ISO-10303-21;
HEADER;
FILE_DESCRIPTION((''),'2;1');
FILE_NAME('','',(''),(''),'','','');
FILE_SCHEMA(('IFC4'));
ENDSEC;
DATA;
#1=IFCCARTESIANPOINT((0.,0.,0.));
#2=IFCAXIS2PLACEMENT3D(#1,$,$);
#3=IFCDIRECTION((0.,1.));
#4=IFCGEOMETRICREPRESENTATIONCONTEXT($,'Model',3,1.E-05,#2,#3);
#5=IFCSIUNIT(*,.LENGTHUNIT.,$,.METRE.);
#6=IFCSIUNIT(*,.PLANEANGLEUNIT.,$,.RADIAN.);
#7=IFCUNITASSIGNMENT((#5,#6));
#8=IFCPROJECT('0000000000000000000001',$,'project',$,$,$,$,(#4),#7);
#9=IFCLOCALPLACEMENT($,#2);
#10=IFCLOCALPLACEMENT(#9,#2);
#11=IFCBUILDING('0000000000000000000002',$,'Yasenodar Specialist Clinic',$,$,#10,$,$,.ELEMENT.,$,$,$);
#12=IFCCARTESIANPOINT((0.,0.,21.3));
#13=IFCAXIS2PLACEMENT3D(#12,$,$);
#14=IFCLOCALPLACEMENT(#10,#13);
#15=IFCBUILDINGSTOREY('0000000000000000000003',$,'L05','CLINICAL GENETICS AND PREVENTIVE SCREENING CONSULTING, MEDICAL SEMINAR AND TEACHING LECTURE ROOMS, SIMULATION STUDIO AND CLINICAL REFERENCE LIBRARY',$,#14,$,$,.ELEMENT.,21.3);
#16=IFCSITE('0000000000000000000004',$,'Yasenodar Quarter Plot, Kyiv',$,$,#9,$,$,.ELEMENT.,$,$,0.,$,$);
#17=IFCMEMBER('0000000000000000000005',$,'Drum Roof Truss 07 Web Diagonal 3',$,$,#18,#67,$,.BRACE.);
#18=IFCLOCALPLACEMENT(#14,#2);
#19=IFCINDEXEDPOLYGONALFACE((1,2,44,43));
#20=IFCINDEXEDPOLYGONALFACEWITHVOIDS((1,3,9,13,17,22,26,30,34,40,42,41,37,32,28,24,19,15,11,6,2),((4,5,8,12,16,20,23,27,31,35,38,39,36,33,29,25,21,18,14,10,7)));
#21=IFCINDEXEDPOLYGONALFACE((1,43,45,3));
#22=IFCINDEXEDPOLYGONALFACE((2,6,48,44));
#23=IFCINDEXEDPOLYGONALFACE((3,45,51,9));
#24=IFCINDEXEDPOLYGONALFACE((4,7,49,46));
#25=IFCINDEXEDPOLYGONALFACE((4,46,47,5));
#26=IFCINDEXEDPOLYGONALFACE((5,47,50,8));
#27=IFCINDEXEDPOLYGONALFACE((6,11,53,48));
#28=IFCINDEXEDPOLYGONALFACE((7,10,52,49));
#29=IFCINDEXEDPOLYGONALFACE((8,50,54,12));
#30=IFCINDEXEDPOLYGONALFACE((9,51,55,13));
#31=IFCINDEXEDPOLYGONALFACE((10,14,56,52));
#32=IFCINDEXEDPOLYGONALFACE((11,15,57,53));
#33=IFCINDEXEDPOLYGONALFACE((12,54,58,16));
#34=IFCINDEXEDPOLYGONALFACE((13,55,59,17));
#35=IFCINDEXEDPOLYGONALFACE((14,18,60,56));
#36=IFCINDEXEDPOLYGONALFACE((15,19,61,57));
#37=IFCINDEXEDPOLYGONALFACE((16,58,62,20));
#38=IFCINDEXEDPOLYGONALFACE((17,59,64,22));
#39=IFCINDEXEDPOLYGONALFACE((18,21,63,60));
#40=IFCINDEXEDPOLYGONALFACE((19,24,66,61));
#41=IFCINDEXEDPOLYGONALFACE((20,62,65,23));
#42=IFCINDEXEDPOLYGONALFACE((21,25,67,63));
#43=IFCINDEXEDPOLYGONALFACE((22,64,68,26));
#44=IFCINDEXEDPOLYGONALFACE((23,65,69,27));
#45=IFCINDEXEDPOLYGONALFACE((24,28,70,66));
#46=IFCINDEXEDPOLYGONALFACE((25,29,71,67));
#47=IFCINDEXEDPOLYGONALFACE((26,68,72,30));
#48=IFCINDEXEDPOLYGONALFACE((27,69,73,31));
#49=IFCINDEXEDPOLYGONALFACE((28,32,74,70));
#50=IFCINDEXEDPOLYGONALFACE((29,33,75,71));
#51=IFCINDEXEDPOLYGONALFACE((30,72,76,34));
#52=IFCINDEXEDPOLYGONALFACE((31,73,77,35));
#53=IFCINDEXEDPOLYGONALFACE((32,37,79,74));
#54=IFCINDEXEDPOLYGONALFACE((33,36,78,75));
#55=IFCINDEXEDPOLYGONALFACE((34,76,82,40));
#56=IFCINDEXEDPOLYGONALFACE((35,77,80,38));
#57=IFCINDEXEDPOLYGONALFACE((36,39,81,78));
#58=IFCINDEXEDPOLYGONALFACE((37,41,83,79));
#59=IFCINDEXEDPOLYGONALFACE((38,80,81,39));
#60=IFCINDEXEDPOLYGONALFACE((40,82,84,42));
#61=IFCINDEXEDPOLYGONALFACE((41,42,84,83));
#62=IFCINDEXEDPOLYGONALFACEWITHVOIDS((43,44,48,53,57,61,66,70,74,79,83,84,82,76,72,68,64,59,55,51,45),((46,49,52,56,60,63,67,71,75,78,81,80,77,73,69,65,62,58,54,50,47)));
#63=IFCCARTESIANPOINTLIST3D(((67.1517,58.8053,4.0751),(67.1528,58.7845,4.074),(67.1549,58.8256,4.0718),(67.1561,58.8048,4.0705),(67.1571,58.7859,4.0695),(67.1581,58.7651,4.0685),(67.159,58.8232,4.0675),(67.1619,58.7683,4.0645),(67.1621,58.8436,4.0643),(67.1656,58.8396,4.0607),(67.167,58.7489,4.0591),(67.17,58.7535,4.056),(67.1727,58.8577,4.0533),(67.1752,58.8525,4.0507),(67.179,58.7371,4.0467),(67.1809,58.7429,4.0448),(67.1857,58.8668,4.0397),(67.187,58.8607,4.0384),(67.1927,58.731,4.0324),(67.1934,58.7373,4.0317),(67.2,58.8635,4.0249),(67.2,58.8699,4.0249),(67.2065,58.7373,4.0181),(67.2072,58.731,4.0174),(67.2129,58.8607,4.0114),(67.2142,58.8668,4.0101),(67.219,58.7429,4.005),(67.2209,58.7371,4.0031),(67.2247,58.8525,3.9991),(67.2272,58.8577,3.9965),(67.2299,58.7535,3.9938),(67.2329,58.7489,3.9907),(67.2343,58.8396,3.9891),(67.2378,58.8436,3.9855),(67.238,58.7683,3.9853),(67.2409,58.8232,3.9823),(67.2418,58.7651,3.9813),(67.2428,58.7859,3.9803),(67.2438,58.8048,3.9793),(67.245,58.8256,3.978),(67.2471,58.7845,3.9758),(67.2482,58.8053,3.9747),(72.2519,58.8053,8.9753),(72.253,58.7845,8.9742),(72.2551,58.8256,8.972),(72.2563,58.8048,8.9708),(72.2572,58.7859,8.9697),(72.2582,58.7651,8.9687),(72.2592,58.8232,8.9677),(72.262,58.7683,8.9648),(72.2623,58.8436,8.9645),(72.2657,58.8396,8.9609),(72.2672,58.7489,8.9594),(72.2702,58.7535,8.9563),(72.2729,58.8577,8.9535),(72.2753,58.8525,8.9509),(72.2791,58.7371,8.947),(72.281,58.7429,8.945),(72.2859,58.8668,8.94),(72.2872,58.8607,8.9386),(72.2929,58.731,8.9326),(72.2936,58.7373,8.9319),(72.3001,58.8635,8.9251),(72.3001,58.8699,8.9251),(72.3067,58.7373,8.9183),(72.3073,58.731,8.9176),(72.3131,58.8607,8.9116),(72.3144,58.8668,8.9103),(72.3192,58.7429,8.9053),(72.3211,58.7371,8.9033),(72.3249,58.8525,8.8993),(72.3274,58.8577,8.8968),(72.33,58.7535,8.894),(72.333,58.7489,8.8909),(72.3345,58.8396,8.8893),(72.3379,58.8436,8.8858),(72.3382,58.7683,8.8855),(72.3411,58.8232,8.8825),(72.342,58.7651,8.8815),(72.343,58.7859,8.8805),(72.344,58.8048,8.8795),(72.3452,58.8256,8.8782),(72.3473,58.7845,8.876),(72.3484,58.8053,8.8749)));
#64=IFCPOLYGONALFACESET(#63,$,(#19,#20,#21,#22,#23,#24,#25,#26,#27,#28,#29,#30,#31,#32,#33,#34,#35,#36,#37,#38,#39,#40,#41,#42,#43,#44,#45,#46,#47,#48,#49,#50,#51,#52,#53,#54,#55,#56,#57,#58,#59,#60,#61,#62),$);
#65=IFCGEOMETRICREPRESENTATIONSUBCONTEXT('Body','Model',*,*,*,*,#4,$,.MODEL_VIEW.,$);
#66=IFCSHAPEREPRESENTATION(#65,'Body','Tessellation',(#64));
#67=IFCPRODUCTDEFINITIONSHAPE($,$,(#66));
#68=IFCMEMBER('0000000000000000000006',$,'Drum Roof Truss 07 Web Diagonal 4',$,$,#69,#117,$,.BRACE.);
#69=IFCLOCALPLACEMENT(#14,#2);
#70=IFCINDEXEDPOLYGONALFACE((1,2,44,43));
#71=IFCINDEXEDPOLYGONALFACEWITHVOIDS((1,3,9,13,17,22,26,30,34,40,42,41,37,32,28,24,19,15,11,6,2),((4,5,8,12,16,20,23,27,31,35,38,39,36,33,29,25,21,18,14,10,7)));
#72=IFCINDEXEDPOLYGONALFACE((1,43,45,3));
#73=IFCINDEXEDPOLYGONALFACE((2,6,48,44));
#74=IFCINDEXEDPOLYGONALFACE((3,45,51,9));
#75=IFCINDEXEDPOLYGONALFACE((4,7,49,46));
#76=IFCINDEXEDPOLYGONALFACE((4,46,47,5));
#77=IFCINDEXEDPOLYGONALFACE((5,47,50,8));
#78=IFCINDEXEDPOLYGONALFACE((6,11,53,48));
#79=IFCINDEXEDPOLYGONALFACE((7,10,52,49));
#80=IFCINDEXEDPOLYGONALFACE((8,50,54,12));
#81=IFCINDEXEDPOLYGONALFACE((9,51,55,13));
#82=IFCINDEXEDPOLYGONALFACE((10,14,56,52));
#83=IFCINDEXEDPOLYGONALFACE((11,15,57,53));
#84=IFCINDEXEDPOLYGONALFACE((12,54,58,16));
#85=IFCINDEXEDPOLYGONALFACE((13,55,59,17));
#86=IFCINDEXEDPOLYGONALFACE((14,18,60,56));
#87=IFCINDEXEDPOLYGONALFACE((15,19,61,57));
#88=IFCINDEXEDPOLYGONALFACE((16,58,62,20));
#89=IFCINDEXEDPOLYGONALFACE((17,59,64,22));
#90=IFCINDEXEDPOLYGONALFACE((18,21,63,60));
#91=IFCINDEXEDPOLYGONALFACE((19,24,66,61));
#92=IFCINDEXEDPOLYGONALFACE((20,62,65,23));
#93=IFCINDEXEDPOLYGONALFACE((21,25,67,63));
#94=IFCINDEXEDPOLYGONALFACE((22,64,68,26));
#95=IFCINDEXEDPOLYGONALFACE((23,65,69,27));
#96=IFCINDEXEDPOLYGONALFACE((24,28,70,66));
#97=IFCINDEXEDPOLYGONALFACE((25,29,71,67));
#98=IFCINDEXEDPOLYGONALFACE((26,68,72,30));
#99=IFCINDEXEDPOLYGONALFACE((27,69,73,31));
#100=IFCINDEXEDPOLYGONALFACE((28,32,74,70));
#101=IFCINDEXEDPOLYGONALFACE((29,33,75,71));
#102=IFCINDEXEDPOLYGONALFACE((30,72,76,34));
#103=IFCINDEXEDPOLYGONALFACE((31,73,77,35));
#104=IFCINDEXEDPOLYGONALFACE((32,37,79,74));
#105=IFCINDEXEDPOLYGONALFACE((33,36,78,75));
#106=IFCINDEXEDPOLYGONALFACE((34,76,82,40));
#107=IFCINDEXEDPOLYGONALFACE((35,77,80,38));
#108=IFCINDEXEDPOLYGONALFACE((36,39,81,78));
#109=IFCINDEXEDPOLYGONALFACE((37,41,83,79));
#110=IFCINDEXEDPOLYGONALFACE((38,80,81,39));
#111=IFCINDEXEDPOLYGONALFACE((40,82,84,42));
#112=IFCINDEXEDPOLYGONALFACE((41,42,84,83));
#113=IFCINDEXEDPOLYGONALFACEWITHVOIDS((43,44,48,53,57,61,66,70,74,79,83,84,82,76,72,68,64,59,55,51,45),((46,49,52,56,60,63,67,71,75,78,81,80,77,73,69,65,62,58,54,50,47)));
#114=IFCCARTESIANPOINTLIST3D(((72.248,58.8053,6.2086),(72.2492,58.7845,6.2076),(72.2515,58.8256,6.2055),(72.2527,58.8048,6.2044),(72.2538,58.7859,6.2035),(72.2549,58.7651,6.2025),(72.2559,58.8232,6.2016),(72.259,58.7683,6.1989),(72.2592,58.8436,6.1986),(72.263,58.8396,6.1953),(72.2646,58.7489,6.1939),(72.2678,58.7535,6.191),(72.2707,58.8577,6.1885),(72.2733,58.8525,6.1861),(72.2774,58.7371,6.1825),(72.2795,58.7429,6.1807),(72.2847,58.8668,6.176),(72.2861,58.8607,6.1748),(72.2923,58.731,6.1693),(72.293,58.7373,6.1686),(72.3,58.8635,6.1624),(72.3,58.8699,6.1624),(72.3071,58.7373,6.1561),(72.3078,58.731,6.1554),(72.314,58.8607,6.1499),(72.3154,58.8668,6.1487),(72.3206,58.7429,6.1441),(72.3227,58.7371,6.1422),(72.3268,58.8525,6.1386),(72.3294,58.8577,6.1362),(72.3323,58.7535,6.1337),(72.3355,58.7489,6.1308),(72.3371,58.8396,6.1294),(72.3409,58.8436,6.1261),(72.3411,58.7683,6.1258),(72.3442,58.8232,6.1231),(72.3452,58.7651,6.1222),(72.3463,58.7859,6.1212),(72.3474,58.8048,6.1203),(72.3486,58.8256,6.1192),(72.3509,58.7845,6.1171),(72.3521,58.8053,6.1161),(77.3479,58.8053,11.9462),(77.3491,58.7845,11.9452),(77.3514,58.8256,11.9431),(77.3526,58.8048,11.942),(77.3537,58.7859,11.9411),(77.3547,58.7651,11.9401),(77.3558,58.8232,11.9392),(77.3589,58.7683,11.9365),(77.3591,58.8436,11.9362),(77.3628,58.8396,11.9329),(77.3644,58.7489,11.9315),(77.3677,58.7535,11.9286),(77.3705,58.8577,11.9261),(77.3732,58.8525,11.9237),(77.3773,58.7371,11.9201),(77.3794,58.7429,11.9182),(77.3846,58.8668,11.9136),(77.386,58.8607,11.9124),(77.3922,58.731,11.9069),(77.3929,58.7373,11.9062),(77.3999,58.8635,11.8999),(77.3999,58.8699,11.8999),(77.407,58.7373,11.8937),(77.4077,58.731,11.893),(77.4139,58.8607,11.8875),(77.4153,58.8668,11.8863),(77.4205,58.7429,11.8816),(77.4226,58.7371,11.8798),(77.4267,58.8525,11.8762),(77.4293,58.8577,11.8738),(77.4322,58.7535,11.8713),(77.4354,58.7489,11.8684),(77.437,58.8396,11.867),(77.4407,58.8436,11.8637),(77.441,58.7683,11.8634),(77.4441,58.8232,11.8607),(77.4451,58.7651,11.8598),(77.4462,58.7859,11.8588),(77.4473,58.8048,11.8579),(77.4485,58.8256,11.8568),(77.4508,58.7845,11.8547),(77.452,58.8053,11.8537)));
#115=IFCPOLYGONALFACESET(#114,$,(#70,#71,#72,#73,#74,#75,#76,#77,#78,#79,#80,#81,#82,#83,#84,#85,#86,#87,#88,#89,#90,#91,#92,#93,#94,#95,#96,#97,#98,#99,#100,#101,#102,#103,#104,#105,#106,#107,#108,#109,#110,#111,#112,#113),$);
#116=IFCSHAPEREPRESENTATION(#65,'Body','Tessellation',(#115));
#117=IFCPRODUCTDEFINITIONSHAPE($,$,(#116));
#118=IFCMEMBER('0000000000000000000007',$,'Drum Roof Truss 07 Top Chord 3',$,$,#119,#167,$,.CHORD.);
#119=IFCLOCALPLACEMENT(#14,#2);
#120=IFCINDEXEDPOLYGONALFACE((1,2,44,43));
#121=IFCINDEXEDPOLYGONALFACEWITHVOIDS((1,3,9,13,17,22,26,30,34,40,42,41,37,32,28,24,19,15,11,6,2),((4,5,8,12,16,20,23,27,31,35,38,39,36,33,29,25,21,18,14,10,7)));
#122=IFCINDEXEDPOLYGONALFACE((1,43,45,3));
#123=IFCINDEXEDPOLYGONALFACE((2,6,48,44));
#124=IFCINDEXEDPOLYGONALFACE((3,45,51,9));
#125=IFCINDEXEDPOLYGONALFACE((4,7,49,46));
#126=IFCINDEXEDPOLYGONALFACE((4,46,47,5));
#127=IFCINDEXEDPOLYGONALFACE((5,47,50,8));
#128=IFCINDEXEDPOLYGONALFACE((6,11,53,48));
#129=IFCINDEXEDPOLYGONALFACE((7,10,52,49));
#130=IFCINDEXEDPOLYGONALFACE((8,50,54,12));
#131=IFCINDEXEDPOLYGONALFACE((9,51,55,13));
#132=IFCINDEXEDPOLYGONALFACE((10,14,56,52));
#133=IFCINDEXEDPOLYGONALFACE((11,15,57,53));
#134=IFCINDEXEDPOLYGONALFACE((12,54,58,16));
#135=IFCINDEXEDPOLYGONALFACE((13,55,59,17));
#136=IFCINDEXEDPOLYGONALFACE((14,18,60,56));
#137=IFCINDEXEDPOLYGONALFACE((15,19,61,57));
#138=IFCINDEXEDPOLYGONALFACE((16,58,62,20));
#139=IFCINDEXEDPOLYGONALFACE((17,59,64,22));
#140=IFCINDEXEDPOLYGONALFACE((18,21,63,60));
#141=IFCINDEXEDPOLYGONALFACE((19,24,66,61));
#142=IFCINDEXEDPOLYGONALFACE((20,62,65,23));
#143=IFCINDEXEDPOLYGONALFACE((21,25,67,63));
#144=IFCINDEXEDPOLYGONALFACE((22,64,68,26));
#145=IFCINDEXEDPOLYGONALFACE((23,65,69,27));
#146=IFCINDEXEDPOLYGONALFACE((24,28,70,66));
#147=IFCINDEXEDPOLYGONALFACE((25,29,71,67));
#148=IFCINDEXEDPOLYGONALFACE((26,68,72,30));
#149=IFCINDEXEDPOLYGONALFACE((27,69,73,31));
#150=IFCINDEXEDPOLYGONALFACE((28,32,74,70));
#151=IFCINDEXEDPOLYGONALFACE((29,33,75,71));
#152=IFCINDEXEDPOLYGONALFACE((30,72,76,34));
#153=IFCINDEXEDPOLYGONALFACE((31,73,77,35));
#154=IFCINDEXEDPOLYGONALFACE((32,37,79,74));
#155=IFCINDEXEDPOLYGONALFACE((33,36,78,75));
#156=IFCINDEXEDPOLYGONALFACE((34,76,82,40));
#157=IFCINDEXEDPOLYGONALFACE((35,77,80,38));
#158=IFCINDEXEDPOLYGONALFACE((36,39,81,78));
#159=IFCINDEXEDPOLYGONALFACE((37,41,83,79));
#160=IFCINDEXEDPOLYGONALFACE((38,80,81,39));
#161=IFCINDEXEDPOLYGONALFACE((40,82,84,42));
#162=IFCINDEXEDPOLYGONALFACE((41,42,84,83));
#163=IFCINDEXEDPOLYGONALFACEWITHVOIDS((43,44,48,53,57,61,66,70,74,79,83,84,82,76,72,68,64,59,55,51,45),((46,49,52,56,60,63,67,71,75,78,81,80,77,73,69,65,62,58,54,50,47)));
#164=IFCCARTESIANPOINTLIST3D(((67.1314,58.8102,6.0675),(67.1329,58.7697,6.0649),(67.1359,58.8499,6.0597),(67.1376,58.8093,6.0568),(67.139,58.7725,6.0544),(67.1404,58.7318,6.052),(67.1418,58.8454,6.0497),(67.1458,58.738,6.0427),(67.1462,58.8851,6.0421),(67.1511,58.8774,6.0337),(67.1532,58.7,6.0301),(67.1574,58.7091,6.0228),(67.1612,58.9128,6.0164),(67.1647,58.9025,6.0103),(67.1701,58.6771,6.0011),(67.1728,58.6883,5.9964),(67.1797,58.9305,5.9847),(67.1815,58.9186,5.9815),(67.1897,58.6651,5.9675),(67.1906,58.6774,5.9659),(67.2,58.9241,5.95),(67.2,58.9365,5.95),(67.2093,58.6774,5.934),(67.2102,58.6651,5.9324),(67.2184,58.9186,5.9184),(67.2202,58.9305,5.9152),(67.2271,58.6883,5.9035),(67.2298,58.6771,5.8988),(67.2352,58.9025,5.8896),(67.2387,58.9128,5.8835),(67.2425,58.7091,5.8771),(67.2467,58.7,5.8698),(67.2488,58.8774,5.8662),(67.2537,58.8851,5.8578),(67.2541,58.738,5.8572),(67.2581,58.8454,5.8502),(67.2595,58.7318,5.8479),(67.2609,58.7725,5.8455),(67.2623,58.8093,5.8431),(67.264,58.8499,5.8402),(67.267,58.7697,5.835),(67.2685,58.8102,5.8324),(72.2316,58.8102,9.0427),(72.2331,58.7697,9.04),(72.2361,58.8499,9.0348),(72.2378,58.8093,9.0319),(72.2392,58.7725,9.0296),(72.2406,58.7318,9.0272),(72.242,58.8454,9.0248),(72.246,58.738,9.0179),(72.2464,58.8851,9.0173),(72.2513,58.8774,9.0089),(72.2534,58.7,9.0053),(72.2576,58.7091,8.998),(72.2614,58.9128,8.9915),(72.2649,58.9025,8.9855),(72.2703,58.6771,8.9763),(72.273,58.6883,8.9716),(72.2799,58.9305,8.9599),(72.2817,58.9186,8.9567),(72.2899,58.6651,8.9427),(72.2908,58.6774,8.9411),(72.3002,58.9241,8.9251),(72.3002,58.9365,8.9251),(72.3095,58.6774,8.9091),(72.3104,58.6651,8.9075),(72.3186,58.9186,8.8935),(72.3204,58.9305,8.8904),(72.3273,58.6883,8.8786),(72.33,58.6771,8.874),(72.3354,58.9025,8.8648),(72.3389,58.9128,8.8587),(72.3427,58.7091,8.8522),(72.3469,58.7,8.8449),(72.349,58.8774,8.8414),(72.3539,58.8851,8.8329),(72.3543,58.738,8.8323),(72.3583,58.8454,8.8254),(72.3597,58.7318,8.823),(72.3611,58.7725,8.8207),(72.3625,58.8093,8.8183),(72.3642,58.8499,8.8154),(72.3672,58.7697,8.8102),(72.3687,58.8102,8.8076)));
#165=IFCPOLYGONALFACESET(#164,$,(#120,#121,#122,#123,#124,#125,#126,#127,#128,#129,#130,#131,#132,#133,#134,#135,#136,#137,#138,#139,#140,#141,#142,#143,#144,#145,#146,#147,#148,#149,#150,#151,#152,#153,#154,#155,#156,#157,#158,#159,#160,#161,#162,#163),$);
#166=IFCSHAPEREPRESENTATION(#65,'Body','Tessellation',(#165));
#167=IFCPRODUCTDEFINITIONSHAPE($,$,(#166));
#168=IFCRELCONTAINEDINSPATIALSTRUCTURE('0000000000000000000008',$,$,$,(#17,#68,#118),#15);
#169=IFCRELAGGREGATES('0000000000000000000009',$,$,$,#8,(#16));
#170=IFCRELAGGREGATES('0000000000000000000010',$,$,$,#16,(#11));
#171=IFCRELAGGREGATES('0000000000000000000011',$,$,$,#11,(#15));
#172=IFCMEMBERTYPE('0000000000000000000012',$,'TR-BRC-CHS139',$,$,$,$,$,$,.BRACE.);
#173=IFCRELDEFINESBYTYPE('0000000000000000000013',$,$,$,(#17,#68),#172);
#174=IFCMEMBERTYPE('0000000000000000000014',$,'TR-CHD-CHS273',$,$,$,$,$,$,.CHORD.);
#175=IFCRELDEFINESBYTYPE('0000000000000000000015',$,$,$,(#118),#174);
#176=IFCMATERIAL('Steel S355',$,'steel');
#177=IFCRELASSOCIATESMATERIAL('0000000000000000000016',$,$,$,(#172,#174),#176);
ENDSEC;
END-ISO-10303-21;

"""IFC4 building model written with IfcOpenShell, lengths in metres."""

from ifc_helpers import new_model, si_unit, direction, frame, origin, origin_2d, place, context, subcontext, project, spatial, hollow_circle, extrude, material, material_profile, profile_set, type_object, element, save


model = new_model("IFC4")

# Units and contexts
model_context = context("Model", 3, precision=1e-05, world=origin(), true_north=direction((0.0, 1.0)))
body_context = subcontext(model_context, "Body", "Model", "MODEL_VIEW")
ifc_project = project(units=[si_unit("LENGTHUNIT", "METRE"), si_unit("PLANEANGLEUNIT", "RADIAN")], contexts=[model_context])

# Site, building, storey
site_placement = place(None, origin())
site = spatial("IfcSite", under=ifc_project, at=site_placement, Name="Yasenodar Quarter Plot, Kyiv", CompositionType="ELEMENT", RefElevation=0.0)
building_placement = place(site_placement, origin())
building = spatial("IfcBuilding", under=site, at=building_placement, Name="Yasenodar Specialist Clinic", CompositionType="ELEMENT")
storey_placement = place(building_placement, frame((0.0, 0.0, 21.3)))
storey = spatial("IfcBuildingStorey", under=building, at=storey_placement, Name="L05", Description="CLINICAL GENETICS AND PREVENTIVE SCREENING CONSULTING, MEDICAL SEMINAR AND TEACHING LECTURE ROOMS, SIMULATION STUDIO AND CLINICAL REFERENCE LIBRARY", CompositionType="ELEMENT", Elevation=21.3)

# Shared definitions
ifc_material = material(Name="Steel S355", Category="steel")

# Members
ifc_material_profile_1 = material_profile(ifc_material, hollow_circle(Radius=0.0698, WallThickness=0.0063, at=origin_2d()), Name="CHS 139.7x6.3")
ifc_profile_set_1 = profile_set([ifc_material_profile_1], Name="Steel S355")
member_type_1 = type_object("IfcMemberType", Name="TR-BRC-CHS139", PredefinedType="BRACE", material=ifc_profile_set_1)
member_1_placement = place(storey_placement, frame((67.2, 58.8, 4.0249), z_axis=(0.721101, 0.0, 0.69283), x_axis=(0.0, 1.0, 0.0)))
element("IfcMember", 1, at=member_1_placement, inside=storey, type_object=member_type_1, Name="Drum Roof Truss 07 Web Diagonal 3", PredefinedType="BRACE", context=body_context, shape_type="SweptSolid", body=[
    extrude(hollow_circle(Radius=0.0698, WallThickness=0.0063, at=origin_2d()), origin(), (0.0, 0.0, 1.0), 7.0728),
])
member_2_placement = place(storey_placement, frame((72.3, 58.8, 6.1624), z_axis=(0.66435, 0.0, 0.747422), x_axis=(0.0, 1.0, 0.0)))
element("IfcMember", 2, at=member_2_placement, inside=storey, type_object=member_type_1, Name="Drum Roof Truss 07 Web Diagonal 4", PredefinedType="BRACE", context=body_context, shape_type="SweptSolid", body=[
    extrude(hollow_circle(Radius=0.0698, WallThickness=0.0063, at=origin_2d()), origin(), (0.0, 0.0, 1.0), 7.6765),
])
ifc_material_profile_2 = material_profile(ifc_material, hollow_circle(Radius=0.1365, WallThickness=0.0125, at=origin_2d()), Name="CHS 273x12.5")
ifc_profile_set_2 = profile_set([ifc_material_profile_2], Name="Steel S355")
member_type_2 = type_object("IfcMemberType", Name="TR-CHD-CHS273", PredefinedType="CHORD", material=ifc_profile_set_2)
member_3_placement = place(storey_placement, frame((67.2, 58.8, 5.95), z_axis=(0.863776, 0.0, 0.503876), x_axis=(0.0, 1.0, 0.0)))
element("IfcMember", 3, at=member_3_placement, inside=storey, type_object=member_type_2, Name="Drum Roof Truss 07 Top Chord 3", PredefinedType="CHORD", context=body_context, shape_type="SweptSolid", body=[
    extrude(hollow_circle(Radius=0.1365, WallThickness=0.0125, at=origin_2d()), origin(), (0.0, 0.0, 1.0), 5.9045),
])

save(model, "model.ifc")
